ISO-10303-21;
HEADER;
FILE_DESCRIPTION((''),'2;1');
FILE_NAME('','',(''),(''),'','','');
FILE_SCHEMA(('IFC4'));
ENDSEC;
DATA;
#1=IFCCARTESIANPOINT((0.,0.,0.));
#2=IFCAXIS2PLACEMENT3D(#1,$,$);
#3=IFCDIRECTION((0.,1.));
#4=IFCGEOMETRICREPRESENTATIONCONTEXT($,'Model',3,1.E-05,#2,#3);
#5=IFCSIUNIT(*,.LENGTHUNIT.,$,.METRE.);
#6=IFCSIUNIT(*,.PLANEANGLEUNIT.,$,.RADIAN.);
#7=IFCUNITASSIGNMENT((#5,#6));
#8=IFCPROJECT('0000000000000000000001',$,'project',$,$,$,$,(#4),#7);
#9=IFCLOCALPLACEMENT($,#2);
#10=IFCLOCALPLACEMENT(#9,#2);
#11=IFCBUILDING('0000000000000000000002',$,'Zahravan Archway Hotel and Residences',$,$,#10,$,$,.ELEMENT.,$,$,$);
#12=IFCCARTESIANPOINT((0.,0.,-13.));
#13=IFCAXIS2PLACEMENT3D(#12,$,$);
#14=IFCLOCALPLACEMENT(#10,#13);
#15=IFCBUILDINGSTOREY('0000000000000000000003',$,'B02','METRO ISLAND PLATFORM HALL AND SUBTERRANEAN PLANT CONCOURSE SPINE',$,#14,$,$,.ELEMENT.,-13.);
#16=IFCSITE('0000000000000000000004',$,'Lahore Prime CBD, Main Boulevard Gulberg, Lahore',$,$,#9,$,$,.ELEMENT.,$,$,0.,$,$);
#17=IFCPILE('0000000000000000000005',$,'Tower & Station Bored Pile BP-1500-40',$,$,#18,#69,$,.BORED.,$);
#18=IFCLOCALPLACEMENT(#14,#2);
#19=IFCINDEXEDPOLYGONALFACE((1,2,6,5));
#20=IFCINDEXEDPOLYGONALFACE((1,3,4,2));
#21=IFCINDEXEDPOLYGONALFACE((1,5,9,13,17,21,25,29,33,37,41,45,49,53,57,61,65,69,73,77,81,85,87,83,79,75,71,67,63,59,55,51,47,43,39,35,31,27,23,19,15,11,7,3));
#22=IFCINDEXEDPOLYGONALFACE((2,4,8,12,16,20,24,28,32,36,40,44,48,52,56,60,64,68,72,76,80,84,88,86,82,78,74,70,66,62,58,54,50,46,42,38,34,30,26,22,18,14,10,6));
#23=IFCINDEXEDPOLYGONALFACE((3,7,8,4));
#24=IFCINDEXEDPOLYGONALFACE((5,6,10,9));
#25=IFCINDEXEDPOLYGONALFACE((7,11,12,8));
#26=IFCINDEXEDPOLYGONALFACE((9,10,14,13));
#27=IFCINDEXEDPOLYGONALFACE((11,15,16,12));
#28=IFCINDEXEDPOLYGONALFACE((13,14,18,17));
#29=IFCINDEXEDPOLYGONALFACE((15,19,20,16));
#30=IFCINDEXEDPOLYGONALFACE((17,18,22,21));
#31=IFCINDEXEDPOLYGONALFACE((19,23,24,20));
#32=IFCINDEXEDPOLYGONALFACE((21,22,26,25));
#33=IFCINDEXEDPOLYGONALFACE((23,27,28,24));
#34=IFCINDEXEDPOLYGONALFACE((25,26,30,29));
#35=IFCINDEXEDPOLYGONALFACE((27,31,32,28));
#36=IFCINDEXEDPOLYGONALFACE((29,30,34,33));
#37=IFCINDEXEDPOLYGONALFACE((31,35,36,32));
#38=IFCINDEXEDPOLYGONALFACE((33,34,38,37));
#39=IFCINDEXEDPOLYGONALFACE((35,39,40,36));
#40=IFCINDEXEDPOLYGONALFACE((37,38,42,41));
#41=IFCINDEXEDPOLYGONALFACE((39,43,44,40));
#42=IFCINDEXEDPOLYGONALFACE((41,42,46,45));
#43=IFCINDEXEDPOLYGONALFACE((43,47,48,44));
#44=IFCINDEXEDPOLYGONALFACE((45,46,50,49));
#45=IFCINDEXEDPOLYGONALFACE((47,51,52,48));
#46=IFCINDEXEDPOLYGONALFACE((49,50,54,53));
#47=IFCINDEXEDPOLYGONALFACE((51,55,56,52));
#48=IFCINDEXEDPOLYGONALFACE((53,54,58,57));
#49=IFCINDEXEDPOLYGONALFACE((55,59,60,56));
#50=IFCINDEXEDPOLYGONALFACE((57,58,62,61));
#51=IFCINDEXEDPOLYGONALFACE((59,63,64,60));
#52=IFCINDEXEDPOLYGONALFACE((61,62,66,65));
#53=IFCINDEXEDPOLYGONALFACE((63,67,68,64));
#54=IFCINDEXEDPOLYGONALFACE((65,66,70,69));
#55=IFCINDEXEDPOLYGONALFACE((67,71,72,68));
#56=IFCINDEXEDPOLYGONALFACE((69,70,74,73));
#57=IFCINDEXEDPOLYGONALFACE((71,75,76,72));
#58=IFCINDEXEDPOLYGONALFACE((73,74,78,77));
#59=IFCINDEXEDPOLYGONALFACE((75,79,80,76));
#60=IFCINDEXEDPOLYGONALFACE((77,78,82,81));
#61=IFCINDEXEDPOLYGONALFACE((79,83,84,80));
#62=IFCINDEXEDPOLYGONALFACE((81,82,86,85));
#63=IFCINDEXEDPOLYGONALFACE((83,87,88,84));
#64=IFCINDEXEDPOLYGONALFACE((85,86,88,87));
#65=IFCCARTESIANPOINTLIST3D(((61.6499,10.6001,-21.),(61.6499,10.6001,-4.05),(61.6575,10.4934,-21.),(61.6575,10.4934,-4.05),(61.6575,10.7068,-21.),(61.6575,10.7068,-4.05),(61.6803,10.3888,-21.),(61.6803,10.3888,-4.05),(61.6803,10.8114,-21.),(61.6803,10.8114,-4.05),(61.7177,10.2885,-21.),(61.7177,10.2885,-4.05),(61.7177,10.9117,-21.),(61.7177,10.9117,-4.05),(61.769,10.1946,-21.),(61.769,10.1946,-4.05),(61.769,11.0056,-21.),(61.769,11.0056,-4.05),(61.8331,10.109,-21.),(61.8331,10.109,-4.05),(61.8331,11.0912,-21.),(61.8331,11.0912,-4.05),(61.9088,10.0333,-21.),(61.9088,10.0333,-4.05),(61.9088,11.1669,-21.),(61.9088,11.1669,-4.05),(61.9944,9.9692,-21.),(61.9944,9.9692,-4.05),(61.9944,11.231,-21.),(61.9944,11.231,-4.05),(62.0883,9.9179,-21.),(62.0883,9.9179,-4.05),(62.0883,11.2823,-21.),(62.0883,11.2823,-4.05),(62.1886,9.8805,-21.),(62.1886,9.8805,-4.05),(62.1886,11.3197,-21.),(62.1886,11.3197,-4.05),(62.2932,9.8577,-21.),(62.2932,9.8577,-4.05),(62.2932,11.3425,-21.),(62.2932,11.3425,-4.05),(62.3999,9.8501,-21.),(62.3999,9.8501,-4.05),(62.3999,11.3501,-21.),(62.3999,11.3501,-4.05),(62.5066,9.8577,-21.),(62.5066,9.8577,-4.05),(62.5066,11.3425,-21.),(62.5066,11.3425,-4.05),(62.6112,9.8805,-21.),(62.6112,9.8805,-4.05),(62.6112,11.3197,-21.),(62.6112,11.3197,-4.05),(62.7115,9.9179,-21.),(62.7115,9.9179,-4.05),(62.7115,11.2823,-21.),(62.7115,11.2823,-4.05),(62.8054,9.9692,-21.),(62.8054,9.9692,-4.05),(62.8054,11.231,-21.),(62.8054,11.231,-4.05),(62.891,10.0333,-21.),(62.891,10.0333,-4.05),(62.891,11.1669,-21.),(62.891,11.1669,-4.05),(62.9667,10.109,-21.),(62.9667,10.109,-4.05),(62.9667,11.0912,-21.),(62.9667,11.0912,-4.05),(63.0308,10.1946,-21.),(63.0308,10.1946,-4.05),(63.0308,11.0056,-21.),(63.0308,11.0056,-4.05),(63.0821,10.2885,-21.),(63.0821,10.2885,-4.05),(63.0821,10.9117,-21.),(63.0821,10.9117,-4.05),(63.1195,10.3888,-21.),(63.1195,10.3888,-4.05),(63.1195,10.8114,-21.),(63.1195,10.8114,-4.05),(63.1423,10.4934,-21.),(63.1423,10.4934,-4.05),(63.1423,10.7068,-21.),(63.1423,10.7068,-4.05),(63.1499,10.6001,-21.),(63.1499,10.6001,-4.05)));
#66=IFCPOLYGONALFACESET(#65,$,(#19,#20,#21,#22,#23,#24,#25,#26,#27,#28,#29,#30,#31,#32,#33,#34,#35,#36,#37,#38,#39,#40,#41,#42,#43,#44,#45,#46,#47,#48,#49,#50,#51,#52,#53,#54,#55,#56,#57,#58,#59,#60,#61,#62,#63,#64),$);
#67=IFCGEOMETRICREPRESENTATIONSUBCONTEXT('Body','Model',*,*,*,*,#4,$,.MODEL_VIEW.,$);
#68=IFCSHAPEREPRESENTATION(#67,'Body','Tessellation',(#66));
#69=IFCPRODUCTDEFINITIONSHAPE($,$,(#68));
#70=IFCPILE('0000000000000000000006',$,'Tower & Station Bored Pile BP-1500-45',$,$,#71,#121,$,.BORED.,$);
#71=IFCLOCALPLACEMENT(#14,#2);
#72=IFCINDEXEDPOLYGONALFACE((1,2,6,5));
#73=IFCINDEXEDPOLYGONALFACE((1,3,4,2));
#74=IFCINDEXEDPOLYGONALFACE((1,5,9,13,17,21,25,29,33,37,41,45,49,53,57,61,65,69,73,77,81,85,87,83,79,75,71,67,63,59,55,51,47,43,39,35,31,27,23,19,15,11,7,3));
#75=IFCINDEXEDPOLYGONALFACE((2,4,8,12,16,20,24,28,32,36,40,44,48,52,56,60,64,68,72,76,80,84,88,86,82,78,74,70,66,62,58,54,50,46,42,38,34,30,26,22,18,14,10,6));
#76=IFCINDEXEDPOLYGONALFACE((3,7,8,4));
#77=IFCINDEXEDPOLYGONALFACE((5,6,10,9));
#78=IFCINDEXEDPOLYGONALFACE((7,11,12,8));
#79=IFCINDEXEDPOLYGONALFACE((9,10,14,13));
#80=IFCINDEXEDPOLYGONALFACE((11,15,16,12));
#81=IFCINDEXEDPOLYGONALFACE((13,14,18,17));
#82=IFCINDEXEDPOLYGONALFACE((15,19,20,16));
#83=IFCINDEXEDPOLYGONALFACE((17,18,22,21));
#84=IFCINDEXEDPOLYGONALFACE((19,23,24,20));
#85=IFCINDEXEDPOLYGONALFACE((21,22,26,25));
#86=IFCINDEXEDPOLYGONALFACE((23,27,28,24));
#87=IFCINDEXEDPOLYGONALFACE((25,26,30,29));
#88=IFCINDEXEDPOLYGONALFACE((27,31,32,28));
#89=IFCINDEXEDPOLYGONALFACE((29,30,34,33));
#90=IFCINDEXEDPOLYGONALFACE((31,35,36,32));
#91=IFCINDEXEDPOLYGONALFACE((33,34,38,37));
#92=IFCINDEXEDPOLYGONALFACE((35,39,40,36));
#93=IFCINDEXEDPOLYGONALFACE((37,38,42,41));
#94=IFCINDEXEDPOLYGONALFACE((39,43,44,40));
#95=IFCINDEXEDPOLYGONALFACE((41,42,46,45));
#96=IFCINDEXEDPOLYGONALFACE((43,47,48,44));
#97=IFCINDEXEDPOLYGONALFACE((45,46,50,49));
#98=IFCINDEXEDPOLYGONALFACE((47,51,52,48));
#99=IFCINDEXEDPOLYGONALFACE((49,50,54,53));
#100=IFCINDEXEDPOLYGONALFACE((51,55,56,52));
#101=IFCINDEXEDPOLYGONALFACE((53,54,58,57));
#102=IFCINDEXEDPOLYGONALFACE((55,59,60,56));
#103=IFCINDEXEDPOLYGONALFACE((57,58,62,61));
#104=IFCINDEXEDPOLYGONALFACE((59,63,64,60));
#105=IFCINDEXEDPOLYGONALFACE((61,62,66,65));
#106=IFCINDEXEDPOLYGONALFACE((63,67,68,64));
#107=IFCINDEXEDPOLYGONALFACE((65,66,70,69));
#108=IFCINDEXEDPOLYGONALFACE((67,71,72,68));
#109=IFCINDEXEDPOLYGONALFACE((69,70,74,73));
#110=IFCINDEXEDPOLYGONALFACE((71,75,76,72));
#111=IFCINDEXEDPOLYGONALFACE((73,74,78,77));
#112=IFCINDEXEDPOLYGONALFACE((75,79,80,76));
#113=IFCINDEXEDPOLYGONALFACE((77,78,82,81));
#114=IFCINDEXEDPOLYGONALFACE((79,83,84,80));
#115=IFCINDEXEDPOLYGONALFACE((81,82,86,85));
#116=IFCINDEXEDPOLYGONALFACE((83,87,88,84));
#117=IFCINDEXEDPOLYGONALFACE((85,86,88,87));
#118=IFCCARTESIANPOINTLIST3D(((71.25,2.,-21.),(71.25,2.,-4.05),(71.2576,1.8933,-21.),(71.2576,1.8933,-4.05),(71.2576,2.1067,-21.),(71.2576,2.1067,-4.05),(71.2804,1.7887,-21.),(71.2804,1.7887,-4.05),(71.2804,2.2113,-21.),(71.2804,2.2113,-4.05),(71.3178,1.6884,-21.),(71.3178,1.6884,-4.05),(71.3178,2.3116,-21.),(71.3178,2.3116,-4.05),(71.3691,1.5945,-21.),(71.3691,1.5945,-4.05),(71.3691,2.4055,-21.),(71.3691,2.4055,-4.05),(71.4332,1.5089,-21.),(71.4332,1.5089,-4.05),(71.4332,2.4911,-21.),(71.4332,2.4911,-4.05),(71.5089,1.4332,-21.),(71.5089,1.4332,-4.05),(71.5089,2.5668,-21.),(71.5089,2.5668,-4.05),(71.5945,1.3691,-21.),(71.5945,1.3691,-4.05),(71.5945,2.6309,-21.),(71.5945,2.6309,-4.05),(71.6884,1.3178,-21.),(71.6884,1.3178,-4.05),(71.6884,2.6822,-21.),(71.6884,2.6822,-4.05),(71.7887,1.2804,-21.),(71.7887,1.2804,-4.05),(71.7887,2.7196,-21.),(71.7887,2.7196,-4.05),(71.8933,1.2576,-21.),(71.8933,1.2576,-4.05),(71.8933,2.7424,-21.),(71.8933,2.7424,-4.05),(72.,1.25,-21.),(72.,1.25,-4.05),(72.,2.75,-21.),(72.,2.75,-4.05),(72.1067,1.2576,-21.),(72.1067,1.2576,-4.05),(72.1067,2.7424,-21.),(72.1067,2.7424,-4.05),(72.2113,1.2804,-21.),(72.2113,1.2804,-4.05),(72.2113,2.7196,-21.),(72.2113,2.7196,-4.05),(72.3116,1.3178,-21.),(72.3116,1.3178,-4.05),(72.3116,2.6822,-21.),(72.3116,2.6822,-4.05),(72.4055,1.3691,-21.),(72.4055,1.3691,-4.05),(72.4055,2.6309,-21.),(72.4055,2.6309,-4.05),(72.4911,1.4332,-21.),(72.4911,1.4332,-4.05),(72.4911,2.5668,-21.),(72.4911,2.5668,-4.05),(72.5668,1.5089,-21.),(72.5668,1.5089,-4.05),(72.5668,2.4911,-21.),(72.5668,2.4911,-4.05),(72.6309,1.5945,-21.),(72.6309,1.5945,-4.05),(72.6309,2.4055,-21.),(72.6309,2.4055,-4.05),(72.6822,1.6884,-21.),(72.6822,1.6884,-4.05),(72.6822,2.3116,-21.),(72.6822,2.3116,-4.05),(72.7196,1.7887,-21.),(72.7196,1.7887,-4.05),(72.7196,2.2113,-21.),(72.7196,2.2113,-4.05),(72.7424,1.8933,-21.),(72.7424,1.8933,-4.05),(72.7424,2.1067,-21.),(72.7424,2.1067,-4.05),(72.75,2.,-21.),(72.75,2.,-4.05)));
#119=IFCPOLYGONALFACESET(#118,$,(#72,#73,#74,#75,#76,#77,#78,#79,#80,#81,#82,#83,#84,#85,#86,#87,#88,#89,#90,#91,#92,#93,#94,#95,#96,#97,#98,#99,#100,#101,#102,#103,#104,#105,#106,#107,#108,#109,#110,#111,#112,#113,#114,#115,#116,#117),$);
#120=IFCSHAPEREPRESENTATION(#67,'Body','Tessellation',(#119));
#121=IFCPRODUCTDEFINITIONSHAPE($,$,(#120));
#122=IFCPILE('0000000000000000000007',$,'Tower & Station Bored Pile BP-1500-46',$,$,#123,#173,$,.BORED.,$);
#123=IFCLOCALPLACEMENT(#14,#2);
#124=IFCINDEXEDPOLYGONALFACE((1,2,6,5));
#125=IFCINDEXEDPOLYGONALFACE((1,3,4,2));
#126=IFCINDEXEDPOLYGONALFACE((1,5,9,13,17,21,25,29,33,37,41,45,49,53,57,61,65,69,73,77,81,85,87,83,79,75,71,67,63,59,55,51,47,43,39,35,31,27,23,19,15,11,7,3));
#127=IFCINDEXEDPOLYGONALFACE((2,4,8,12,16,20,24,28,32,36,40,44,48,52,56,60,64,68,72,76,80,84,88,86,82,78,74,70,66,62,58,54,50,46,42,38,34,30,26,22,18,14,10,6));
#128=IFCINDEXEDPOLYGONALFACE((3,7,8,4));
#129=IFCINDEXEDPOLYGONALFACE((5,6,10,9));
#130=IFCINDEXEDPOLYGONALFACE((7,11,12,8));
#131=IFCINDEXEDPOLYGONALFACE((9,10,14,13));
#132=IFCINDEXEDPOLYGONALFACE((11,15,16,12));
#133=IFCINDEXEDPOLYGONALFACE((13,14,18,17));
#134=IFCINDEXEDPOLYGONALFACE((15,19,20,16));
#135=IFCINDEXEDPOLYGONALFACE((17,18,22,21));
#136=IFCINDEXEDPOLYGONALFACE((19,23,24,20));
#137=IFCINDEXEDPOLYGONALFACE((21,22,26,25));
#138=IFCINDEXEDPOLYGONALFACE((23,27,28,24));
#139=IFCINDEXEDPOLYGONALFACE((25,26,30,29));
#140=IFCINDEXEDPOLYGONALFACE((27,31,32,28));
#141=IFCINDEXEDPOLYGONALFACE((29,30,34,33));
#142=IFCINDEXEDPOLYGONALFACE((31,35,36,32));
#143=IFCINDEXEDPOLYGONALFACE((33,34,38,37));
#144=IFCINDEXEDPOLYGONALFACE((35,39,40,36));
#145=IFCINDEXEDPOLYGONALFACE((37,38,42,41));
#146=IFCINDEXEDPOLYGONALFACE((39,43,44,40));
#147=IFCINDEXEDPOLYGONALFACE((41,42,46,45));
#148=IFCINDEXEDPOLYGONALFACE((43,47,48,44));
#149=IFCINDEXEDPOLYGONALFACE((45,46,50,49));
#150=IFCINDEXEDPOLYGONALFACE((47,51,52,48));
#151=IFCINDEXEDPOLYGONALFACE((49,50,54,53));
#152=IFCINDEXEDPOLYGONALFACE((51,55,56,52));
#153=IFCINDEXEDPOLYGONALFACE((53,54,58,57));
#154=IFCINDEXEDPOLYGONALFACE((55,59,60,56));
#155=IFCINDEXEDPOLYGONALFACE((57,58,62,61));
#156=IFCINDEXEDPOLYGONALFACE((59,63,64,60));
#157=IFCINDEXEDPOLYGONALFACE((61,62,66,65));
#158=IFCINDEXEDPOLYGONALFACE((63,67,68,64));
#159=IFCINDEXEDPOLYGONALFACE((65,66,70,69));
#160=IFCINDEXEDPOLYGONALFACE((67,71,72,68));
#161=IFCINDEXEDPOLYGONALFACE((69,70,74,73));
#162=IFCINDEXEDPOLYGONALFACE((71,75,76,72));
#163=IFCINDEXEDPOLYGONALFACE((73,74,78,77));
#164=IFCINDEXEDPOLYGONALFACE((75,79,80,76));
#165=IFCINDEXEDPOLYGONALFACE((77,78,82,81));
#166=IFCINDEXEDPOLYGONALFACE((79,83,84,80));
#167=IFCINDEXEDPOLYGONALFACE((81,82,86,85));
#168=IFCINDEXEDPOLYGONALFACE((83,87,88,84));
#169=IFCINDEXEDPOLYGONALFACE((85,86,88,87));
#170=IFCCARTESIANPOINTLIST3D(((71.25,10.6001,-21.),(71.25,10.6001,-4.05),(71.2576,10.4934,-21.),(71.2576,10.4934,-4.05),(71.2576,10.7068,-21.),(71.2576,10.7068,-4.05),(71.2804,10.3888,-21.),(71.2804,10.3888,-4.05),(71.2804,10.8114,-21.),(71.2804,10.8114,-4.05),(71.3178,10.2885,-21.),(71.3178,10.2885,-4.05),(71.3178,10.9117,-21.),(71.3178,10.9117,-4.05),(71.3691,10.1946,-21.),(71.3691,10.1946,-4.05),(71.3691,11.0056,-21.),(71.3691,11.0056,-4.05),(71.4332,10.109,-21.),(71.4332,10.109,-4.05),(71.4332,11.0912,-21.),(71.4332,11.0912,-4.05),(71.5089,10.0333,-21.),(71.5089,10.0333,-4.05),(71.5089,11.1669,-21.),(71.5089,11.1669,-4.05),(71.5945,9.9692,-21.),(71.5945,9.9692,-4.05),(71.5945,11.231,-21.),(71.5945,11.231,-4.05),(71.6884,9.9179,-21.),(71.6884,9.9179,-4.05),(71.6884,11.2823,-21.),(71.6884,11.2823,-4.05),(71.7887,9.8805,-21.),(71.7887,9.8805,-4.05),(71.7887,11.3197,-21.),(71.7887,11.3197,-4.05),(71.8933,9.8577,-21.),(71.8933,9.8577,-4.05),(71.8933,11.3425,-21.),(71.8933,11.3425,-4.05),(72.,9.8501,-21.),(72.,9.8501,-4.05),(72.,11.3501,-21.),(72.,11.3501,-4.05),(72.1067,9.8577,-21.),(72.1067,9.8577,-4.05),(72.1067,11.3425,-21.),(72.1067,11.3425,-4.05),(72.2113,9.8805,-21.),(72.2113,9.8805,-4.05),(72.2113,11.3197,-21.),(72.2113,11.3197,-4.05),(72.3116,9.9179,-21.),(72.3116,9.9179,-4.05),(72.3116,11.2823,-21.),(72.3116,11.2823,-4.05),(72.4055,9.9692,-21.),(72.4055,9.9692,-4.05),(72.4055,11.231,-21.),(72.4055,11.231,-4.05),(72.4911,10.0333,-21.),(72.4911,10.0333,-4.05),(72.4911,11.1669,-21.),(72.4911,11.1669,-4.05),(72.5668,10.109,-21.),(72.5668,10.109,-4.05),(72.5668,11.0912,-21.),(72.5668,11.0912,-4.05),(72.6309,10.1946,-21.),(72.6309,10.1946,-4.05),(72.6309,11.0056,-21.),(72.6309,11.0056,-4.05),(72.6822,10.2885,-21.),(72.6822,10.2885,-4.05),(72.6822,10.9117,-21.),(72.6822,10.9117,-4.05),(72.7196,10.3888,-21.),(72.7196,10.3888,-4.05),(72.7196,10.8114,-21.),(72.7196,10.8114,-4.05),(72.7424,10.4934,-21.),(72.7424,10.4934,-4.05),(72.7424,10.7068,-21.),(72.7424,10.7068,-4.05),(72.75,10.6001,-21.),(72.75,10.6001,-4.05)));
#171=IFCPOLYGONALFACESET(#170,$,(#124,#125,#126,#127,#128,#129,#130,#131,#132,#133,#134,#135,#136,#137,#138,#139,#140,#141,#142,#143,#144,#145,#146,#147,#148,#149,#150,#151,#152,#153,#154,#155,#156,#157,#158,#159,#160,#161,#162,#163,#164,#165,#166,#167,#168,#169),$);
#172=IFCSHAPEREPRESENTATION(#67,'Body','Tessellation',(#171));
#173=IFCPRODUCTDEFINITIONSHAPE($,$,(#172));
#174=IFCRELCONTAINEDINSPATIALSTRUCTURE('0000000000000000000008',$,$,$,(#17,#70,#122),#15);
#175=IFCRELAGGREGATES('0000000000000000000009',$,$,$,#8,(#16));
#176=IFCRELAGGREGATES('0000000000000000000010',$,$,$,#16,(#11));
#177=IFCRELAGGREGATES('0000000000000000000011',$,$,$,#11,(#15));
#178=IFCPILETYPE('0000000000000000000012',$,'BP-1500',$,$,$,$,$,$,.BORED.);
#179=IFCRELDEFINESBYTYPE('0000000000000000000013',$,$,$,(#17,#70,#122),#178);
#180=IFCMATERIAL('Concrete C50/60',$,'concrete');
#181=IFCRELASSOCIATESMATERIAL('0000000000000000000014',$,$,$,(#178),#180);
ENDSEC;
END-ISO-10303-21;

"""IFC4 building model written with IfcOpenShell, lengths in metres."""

from ifc_helpers import new_model, si_unit, direction, frame, origin, origin_2d, place, context, subcontext, project, spatial, circle, extrude, source, transform, mapped, material, material_profile, profile_set, type_object, type_shapes, element, save


model = new_model("IFC4")

# Units and contexts
model_context = context("Model", 3, precision=1e-05, world=origin(), true_north=direction((0.0, 1.0)))
body_context = subcontext(model_context, "Body", "Model", "MODEL_VIEW")
ifc_project = project(units=[si_unit("LENGTHUNIT", "METRE"), si_unit("PLANEANGLEUNIT", "RADIAN")], contexts=[model_context])

# Site, building, storey
site_placement = place(None, origin())
site = spatial("IfcSite", under=ifc_project, at=site_placement, Name="Lahore Prime CBD, Main Boulevard Gulberg, Lahore", CompositionType="ELEMENT", RefElevation=0.0)
building_placement = place(site_placement, origin())
building = spatial("IfcBuilding", under=site, at=building_placement, Name="Zahravan Archway Hotel and Residences", CompositionType="ELEMENT")
storey_placement = place(building_placement, frame((0.0, 0.0, -13.0)))
storey = spatial("IfcBuildingStorey", under=building, at=storey_placement, Name="B02", Description="METRO ISLAND PLATFORM HALL AND SUBTERRANEAN PLANT CONCOURSE SPINE", CompositionType="ELEMENT", Elevation=-13.0)

# Piles
ifc_material_1 = material(Name="Concrete C50/60", Category="concrete")
ifc_material_profile_1 = material_profile(ifc_material_1, circle(Radius=0.75, at=origin_2d()), Name="PILE D1500", Category="concrete")
ifc_profile_set_1 = profile_set([ifc_material_profile_1], Name="Concrete C50/60")
pile_type = type_object("IfcPileType", Name="BP-1500", PredefinedType="BORED", material=ifc_profile_set_1)
shared_shape_1 = source(origin(), body_context, "Body", "SweptSolid", [
    extrude(circle(Radius=0.75, at=origin_2d()), origin(), (0.0, 0.0, 1.0), 16.95),
])
type_shapes(pile_type, [shared_shape_1])
for number, where, z_axis, x_axis, name in (
    (1, (62.3999, 10.6001, -4.05), (0.0, 0.0, -1.0), (1.0, 0.0, 0.0), "Tower & Station Bored Pile BP-1500-40"),
    (2, (72.0, 2.0, -4.05), (0.0, 0.0, -1.0), (1.0, 0.0, 0.0), "Tower & Station Bored Pile BP-1500-45"),
    (3, (72.0, 10.6001, -4.05), (0.0, 0.0, -1.0), (1.0, 0.0, 0.0), "Tower & Station Bored Pile BP-1500-46"),
):
    element("IfcPile", number, at=place(storey_placement, frame(where, z_axis=z_axis, x_axis=x_axis)), inside=storey, type_object=pile_type, Name=name, PredefinedType="BORED", context=body_context, shape_type="MappedRepresentation", body=[
        mapped(shared_shape_1, transform((0.0, 0.0, 0.0), scale=1.0)),
    ])

save(model, "model.ifc")
